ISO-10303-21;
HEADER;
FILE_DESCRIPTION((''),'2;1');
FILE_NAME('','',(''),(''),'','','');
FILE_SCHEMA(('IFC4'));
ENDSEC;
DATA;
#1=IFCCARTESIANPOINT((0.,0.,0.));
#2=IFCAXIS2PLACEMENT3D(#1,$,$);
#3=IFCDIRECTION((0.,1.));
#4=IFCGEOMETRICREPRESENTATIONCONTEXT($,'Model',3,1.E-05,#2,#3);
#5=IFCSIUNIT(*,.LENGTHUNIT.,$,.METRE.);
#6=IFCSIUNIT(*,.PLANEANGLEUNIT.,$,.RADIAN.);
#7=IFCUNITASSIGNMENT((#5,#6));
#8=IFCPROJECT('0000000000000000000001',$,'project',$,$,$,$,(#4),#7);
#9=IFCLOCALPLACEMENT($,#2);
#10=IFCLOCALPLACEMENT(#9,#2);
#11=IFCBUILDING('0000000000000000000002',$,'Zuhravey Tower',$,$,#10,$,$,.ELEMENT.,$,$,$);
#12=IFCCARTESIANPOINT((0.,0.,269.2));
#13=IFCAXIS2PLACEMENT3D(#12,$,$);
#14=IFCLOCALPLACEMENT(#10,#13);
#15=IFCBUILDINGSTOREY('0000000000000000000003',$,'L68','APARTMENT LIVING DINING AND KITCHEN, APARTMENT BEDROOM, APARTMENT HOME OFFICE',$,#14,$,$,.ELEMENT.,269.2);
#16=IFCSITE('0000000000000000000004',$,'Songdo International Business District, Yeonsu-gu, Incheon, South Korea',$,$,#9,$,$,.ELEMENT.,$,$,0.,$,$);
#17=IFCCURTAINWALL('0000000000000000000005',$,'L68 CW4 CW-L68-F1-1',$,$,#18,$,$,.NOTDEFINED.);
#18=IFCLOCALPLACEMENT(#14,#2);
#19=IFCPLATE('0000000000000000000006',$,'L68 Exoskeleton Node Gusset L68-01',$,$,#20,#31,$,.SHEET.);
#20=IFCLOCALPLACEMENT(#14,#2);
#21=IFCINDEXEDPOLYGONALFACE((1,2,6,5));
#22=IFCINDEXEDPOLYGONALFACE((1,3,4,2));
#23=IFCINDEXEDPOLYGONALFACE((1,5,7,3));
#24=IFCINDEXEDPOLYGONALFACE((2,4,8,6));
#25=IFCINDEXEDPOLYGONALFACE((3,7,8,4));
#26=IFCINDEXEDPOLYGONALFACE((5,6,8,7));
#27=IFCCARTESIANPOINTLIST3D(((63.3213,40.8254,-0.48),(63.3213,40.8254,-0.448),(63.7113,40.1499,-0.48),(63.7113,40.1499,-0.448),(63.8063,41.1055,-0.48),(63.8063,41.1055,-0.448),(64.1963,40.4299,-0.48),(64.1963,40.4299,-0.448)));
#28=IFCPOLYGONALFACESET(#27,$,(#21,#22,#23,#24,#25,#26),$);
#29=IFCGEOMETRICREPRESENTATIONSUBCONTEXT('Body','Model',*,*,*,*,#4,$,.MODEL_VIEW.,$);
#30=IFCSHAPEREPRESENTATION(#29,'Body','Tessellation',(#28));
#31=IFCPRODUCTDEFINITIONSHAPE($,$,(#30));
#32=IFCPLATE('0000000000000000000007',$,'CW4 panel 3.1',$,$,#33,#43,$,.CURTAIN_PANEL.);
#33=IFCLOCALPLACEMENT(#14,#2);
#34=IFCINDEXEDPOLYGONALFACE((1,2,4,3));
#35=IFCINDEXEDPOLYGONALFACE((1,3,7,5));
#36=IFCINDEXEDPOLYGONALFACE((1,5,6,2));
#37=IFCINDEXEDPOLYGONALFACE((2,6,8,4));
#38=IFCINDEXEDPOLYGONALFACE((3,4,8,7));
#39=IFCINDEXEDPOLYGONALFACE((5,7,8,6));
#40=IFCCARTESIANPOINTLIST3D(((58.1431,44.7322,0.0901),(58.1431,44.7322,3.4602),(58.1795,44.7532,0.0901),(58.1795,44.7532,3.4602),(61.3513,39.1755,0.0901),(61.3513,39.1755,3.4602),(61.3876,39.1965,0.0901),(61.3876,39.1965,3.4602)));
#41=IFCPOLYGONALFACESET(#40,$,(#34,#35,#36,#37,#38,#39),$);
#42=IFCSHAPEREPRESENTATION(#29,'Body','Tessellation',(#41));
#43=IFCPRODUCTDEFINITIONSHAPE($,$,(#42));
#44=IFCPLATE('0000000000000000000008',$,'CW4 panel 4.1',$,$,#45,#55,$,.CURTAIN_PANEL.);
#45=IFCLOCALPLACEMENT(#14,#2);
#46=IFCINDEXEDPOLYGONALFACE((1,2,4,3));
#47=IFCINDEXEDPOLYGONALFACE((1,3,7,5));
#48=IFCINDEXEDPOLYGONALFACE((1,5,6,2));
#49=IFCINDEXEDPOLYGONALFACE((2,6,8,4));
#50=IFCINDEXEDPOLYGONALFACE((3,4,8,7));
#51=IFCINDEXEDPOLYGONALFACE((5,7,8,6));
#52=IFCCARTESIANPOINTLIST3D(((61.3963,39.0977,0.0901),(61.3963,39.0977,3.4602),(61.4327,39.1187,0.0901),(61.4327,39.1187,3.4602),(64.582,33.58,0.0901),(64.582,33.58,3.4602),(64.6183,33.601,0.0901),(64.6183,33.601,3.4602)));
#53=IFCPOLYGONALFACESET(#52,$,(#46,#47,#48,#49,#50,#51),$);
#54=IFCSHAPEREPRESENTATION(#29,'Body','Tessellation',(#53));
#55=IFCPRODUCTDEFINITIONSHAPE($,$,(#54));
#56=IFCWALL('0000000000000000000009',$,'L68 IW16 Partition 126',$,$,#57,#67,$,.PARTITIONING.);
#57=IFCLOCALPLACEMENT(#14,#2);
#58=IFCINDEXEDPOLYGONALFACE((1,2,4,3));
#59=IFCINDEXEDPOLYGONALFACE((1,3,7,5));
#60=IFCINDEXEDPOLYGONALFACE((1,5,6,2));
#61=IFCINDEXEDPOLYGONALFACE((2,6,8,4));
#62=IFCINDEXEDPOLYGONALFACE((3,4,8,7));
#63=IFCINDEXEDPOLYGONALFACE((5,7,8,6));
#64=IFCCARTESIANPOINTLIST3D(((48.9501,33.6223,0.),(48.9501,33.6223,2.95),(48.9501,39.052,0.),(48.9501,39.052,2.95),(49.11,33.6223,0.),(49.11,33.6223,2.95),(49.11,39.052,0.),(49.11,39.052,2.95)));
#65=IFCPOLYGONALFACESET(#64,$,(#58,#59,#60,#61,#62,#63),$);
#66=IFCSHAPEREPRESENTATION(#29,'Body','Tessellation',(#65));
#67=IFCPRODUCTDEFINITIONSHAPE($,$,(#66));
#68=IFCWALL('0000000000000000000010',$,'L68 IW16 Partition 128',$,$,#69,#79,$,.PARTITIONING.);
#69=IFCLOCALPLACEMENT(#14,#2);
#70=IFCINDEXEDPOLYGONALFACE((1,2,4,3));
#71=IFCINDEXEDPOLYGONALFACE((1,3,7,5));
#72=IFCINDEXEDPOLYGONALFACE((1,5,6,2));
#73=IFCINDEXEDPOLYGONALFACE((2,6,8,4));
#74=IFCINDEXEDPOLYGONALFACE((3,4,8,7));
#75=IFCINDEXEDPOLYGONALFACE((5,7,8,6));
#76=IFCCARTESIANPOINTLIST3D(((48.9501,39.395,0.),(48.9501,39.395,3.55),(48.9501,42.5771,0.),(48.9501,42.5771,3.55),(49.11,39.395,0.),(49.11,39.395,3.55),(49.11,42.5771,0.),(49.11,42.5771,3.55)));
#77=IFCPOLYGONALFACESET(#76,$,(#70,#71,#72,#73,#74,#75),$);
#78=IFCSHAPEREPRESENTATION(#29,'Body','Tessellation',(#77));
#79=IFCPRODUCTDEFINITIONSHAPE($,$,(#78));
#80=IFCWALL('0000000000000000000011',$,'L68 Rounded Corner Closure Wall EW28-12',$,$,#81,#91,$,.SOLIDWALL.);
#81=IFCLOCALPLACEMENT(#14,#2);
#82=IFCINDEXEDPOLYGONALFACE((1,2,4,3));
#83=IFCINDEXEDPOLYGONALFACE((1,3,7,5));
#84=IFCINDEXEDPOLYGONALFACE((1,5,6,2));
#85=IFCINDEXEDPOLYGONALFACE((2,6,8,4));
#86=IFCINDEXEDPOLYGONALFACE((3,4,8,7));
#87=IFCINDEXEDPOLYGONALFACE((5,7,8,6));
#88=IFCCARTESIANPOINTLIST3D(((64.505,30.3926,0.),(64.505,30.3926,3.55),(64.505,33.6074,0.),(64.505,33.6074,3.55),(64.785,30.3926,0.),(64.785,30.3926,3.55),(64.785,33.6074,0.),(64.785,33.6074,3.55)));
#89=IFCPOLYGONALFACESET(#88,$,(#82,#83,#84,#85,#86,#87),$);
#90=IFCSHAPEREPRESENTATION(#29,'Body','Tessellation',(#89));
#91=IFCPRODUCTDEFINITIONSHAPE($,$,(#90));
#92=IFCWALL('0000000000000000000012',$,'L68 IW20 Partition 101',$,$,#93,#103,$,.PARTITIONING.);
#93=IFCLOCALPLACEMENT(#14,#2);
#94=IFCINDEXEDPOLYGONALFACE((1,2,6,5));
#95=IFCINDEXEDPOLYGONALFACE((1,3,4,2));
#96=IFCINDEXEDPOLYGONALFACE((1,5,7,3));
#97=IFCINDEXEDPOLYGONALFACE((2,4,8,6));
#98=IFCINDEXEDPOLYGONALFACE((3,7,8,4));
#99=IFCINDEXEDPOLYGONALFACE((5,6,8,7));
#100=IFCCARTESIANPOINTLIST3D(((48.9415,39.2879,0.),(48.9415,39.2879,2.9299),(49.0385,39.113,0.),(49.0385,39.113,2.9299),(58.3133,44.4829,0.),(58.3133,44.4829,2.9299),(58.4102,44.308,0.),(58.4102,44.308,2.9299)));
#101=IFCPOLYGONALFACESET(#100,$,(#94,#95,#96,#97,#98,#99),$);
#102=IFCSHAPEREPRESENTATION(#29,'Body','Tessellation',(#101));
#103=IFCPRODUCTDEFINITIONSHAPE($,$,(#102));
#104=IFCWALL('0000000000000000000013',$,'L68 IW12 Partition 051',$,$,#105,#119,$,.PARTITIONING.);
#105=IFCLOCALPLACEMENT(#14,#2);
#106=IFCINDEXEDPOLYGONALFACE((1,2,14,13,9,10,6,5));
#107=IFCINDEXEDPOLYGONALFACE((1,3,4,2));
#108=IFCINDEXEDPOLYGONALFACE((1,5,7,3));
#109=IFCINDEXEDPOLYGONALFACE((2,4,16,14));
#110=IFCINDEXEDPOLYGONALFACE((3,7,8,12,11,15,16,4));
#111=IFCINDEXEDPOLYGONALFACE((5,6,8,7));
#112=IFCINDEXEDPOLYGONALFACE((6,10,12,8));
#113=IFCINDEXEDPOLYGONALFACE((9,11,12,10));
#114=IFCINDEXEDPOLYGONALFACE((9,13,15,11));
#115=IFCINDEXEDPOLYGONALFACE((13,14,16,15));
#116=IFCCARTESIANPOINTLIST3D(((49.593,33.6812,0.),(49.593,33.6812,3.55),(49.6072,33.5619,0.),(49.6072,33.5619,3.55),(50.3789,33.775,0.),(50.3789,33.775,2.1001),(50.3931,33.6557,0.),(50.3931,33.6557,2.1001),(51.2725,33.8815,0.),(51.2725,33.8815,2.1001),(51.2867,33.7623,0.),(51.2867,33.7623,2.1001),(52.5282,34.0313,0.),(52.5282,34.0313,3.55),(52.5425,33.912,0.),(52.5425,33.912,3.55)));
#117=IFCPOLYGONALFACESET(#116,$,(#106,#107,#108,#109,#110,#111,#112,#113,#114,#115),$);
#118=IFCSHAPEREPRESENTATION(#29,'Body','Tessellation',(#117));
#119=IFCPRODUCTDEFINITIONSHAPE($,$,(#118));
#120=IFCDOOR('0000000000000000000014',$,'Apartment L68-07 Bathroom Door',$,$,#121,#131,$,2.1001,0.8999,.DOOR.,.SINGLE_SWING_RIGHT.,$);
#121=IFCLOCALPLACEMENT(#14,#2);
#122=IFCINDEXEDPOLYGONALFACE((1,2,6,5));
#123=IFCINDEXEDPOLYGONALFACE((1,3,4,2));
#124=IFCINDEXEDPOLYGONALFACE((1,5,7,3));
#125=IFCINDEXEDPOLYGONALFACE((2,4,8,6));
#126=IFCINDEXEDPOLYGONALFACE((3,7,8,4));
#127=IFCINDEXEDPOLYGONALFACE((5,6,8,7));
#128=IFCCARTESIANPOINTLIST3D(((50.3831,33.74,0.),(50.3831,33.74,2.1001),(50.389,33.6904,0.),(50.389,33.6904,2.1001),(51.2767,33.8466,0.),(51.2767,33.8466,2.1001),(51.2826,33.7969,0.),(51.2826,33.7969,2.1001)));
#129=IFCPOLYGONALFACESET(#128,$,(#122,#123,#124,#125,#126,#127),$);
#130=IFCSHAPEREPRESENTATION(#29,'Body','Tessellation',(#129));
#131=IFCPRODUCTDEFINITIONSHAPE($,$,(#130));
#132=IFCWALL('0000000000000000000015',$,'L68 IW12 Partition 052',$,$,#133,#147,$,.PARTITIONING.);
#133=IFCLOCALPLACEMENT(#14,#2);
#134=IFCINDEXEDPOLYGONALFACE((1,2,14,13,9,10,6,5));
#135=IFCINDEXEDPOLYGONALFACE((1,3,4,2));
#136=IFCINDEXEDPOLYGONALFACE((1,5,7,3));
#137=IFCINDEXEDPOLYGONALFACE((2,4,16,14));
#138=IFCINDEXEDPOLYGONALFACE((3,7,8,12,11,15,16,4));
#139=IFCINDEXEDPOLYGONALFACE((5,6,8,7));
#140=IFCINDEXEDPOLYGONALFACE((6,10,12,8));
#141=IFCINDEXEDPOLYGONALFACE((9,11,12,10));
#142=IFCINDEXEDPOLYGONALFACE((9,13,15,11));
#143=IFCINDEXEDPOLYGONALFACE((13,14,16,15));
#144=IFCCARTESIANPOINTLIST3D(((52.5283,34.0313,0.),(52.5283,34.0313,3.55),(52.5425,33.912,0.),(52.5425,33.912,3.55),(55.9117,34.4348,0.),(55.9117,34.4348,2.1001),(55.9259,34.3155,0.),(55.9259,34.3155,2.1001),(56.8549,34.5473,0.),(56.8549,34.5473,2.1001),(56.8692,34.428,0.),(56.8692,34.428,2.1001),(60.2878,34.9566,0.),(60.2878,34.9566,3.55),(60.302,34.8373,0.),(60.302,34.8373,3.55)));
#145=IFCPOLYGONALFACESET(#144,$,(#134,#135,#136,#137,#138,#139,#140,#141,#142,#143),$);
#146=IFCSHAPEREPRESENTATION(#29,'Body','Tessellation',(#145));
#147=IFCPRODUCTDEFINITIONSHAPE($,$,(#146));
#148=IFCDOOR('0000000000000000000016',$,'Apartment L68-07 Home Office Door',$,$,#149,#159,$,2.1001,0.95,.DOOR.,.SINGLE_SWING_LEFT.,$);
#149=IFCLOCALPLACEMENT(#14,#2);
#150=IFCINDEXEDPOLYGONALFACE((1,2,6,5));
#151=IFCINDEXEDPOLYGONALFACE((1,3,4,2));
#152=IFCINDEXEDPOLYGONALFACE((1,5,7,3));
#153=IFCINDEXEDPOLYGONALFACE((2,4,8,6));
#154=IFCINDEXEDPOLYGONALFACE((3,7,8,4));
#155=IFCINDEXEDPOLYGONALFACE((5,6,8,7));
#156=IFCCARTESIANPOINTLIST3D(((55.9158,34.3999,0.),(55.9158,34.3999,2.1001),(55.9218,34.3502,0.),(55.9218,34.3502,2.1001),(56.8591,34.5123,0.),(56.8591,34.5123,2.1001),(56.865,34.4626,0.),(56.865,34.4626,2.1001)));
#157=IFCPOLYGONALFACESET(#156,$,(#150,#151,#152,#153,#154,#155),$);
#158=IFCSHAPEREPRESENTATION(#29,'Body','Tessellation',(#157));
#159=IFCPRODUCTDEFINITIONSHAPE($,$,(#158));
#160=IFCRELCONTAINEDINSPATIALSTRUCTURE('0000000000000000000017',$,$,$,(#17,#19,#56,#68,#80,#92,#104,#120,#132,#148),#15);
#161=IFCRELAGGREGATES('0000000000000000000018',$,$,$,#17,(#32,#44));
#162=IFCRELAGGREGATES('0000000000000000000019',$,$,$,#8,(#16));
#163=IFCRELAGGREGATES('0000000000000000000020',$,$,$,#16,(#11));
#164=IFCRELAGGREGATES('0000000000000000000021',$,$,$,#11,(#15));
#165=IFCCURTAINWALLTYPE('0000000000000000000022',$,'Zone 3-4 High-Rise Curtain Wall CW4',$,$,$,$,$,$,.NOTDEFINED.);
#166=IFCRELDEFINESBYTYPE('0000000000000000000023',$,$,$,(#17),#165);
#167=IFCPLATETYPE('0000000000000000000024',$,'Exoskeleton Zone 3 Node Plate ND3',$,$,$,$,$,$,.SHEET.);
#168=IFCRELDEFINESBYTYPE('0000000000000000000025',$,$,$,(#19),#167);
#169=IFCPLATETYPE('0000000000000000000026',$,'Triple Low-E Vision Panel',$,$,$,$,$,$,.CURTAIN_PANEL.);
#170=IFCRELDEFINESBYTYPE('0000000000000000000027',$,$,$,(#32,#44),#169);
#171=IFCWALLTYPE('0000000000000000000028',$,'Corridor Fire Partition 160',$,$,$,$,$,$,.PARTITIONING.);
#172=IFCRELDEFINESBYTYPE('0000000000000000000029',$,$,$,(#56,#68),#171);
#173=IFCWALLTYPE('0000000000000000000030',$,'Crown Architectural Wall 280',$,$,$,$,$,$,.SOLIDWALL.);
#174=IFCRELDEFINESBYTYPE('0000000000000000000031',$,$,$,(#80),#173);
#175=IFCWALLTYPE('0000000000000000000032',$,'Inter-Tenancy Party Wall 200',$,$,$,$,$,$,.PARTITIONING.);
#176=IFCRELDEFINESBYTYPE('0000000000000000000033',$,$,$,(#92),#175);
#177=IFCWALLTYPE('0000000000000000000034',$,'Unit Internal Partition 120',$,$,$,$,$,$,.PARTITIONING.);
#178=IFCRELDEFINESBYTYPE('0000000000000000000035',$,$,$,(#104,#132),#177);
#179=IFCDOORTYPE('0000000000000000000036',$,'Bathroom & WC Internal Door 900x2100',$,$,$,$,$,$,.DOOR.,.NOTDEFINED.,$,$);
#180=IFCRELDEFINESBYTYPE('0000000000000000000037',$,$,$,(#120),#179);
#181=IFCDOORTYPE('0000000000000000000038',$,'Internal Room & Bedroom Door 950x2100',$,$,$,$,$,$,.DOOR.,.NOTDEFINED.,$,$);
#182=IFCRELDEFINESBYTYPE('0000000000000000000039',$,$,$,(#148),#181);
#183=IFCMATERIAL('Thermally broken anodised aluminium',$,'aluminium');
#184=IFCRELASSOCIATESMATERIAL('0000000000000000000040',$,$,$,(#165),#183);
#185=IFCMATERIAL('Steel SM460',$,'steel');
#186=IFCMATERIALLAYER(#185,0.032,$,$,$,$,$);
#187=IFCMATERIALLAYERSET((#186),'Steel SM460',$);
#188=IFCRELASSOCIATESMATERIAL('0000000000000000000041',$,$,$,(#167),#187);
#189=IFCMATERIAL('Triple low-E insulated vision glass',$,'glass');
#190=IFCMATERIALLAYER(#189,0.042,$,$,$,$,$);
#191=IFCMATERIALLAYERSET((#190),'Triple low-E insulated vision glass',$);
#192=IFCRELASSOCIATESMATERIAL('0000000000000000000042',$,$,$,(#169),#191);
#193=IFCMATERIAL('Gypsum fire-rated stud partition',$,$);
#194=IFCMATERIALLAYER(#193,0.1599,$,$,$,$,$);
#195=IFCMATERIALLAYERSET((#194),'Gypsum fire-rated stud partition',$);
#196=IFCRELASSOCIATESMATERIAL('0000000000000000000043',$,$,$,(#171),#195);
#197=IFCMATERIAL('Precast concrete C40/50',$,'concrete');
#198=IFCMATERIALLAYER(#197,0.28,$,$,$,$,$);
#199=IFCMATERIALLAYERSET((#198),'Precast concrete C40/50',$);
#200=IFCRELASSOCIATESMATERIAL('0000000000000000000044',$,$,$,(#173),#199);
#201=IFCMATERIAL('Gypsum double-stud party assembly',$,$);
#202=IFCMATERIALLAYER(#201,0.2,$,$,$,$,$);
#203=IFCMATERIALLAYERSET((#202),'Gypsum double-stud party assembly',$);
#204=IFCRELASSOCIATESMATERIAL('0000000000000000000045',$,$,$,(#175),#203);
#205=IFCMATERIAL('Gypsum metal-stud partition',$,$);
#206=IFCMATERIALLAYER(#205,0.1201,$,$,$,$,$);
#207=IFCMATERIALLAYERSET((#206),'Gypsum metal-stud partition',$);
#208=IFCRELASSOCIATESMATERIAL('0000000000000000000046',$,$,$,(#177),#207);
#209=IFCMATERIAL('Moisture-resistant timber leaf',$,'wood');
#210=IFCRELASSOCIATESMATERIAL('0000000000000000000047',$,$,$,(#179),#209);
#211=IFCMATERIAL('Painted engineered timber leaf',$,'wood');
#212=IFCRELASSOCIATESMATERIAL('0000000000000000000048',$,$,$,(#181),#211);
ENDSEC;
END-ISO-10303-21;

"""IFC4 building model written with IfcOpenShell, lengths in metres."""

from ifc_helpers import new_model, si_unit, direction, frame, frame_2d, origin, origin_2d, place, context, subcontext, project, spatial, rectangle, extrude, material, layer, layer_set, type_object, element, fill, aggregate, save


model = new_model("IFC4")

# Units and contexts
model_context = context("Model", 3, precision=1e-05, world=origin(), true_north=direction((0.0, 1.0)))
body_context = subcontext(model_context, "Body", "Model", "MODEL_VIEW")
ifc_project = project(units=[si_unit("LENGTHUNIT", "METRE"), si_unit("PLANEANGLEUNIT", "RADIAN")], contexts=[model_context])

# Site, building, storey
site_placement = place(None, origin())
site = spatial("IfcSite", under=ifc_project, at=site_placement, Name="Songdo International Business District, Yeonsu-gu, Incheon, South Korea", CompositionType="ELEMENT", RefElevation=0.0)
building_placement = place(site_placement, origin())
building = spatial("IfcBuilding", under=site, at=building_placement, Name="Zuhravey Tower", CompositionType="ELEMENT")
storey_placement = place(building_placement, frame((0.0, 0.0, 269.2)))
storey = spatial("IfcBuildingStorey", under=building, at=storey_placement, Name="L68", Description="APARTMENT LIVING DINING AND KITCHEN, APARTMENT BEDROOM, APARTMENT HOME OFFICE", CompositionType="ELEMENT", Elevation=269.2)

# Curtain wall
ifc_material_1 = material(Name="Thermally broken anodised aluminium", Category="aluminium")
curtain_wall_type = type_object("IfcCurtainWallType", Name="Zone 3-4 High-Rise Curtain Wall CW4", PredefinedType="NOTDEFINED", material=ifc_material_1)
curtain_wall_placement = place(storey_placement, origin())
curtain_wall = element("IfcCurtainWall", 1, at=curtain_wall_placement, inside=storey, type_object=curtain_wall_type, Name="L68 CW4 CW-L68-F1-1", PredefinedType="NOTDEFINED")

# Plates
ifc_material_2 = material(Name="Steel SM460", Category="steel")
ifc_layer_1 = layer(ifc_material_2, 0.032)
ifc_layer_set_1 = layer_set([ifc_layer_1], Name="Steel SM460")
plate_type_1 = type_object("IfcPlateType", Name="Exoskeleton Zone 3 Node Plate ND3", PredefinedType="SHEET", material=ifc_layer_set_1)
plate_1_placement = place(storey_placement, frame((63.7588, 40.6277, -0.48), z_axis=(0.0, 0.0, 1.0), x_axis=(-0.5, 0.866025, 0.0)))
element("IfcPlate", 2, at=plate_1_placement, inside=storey, type_object=plate_type_1, Name="L68 Exoskeleton Node Gusset L68-01", PredefinedType="SHEET", context=body_context, shape_type="SweptSolid", body=[
    extrude(rectangle(XDim=0.78, YDim=0.5601, at=origin_2d()), origin(), (0.0, 0.0, 1.0), 0.032),
])
ifc_material_3 = material(Name="Triple low-E insulated vision glass", Category="glass")
ifc_layer_2 = layer(ifc_material_3, 0.042)
ifc_layer_set_2 = layer_set([ifc_layer_2], Name="Triple low-E insulated vision glass")
plate_type_2 = type_object("IfcPlateType", Name="Triple Low-E Vision Panel", PredefinedType="CURTAIN_PANEL", material=ifc_layer_set_2)
plate_2_placement = place(storey_placement, frame((59.7654, 41.9644, 0.0901), z_axis=(0.0, 0.0, 1.0), x_axis=(0.500001, -0.866025, 0.0)))
plate_2 = element("IfcPlate", 3, at=plate_2_placement, type_object=plate_type_2, Name="CW4 panel 3.1", PredefinedType="CURTAIN_PANEL", context=body_context, shape_type="SweptSolid", body=[
    extrude(rectangle(XDim=6.4163, YDim=0.042, at=origin_2d()), origin(), (0.0, 0.0, 1.0), 3.3701),
])
plate_3_placement = place(storey_placement, frame((63.0073, 36.3494, 0.0901), z_axis=(0.0, 0.0, 1.0), x_axis=(0.500001, -0.866025, 0.0)))
plate_3 = element("IfcPlate", 4, at=plate_3_placement, type_object=plate_type_2, Name="CW4 panel 4.1", PredefinedType="CURTAIN_PANEL", context=body_context, shape_type="SweptSolid", body=[
    extrude(rectangle(XDim=6.3713, YDim=0.042, at=origin_2d()), origin(), (0.0, 0.0, 1.0), 3.3701),
])
aggregate(curtain_wall, [plate_2, plate_3])

# Walls
ifc_material_4 = material(Name="Gypsum fire-rated stud partition")
ifc_layer_3 = layer(ifc_material_4, 0.1599)
ifc_layer_set_3 = layer_set([ifc_layer_3], Name="Gypsum fire-rated stud partition")
wall_type_1 = type_object("IfcWallType", Name="Corridor Fire Partition 160", PredefinedType="PARTITIONING", material=ifc_layer_set_3)
wall_1_placement = place(storey_placement, frame((49.03, 33.6223, 0.0), z_axis=(0.0, 0.0, 1.0), x_axis=(0.0, 1.0, 0.0)))
element("IfcWall", 5, at=wall_1_placement, inside=storey, type_object=wall_type_1, Name="L68 IW16 Partition 126", PredefinedType="PARTITIONING", context=body_context, shape_type="SweptSolid", body=[
    extrude(rectangle(XDim=5.4297, YDim=0.1599, at=frame_2d((2.7148, 0.0))), origin(), (0.0, 0.0, 1.0), 2.95),
])
wall_2_placement = place(storey_placement, frame((49.03, 39.395, 0.0), z_axis=(0.0, 0.0, 1.0), x_axis=(0.0, 1.0, 0.0)))
element("IfcWall", 6, at=wall_2_placement, inside=storey, type_object=wall_type_1, Name="L68 IW16 Partition 128", PredefinedType="PARTITIONING", context=body_context, shape_type="SweptSolid", body=[
    extrude(rectangle(XDim=3.1821, YDim=0.1599, at=frame_2d((1.5911, 0.0))), origin(), (0.0, 0.0, 1.0), 3.55),
])
ifc_material_5 = material(Name="Precast concrete C40/50", Category="concrete")
ifc_layer_4 = layer(ifc_material_5, 0.28)
ifc_layer_set_4 = layer_set([ifc_layer_4], Name="Precast concrete C40/50")
wall_type_2 = type_object("IfcWallType", Name="Crown Architectural Wall 280", PredefinedType="SOLIDWALL", material=ifc_layer_set_4)
wall_3_placement = place(storey_placement, frame((64.645, 33.6074, 0.0), z_axis=(0.0, 0.0, 1.0), x_axis=(0.0, -1.0, 0.0)))
element("IfcWall", 7, at=wall_3_placement, inside=storey, type_object=wall_type_2, Name="L68 Rounded Corner Closure Wall EW28-12", PredefinedType="SOLIDWALL", context=body_context, shape_type="SweptSolid", body=[
    extrude(rectangle(XDim=3.2148, YDim=0.28, at=frame_2d((1.6074, 0.0))), origin(), (0.0, 0.0, 1.0), 3.55),
])
ifc_material_6 = material(Name="Gypsum double-stud party assembly")
ifc_layer_5 = layer(ifc_material_6, 0.2)
ifc_layer_set_5 = layer_set([ifc_layer_5], Name="Gypsum double-stud party assembly")
wall_type_3 = type_object("IfcWallType", Name="Inter-Tenancy Party Wall 200", PredefinedType="PARTITIONING", material=ifc_layer_set_5)
wall_4_placement = place(storey_placement, frame((48.99, 39.2004, 0.0), z_axis=(0.0, 0.0, 1.0), x_axis=(0.874613, 0.484822, 0.0)))
element("IfcWall", 8, at=wall_4_placement, inside=storey, type_object=wall_type_3, Name="L68 IW20 Partition 101", PredefinedType="PARTITIONING", context=body_context, shape_type="SweptSolid", body=[
    extrude(rectangle(XDim=10.7153, YDim=0.2, at=frame_2d((5.3577, 0.0))), origin(), (0.0, 0.0, 1.0), 2.9299),
])

# Walls, openings, doors
ifc_material_7 = material(Name="Gypsum metal-stud partition")
ifc_layer_6 = layer(ifc_material_7, 0.1201)
ifc_layer_set_6 = layer_set([ifc_layer_6], Name="Gypsum metal-stud partition")
wall_type_4 = type_object("IfcWallType", Name="Unit Internal Partition 120", PredefinedType="PARTITIONING", material=ifc_layer_set_6)
wall_5_placement = place(storey_placement, frame((49.6001, 33.6216, 0.0), z_axis=(0.0, 0.0, 1.0), x_axis=(0.992962, 0.118432, 0.0)))
wall_5 = element("IfcWall", 9, at=wall_5_placement, inside=storey, type_object=wall_type_4, Name="L68 IW12 Partition 051", PredefinedType="PARTITIONING", context=body_context, shape_type="SweptSolid", body=[
    extrude(rectangle(XDim=2.9561, YDim=0.1201, at=frame_2d((1.478, 0.0))), origin(), (0.0, 0.0, 1.0), 3.55),
])
opening_1_placement = place(wall_5_placement, frame((0.7915, 0.0, 0.0)))
opening_1 = element("IfcOpeningElement", 10, at=opening_1_placement, cuts=wall_5, PredefinedType="OPENING", context=body_context, shape_type="SweptSolid", body=[
    extrude(rectangle(XDim=0.8999, YDim=2.1001, at=frame_2d((0.45, 1.05))), frame((0.0, 0.072, 0.0), z_axis=(0.0, -1.0, 0.0), x_axis=(1.0, 0.0, 0.0)), (0.0, 0.0, 1.0), 0.144),
])
ifc_material_8 = material(Name="Moisture-resistant timber leaf", Category="wood")
door_type_1 = type_object("IfcDoorType", Name="Bathroom & WC Internal Door 900x2100", OperationType="NOTDEFINED", PredefinedType="DOOR", material=ifc_material_8)
door_1_placement = place(opening_1_placement, origin())
door_1 = element("IfcDoor", 11, at=door_1_placement, inside=storey, type_object=door_type_1, Name="Apartment L68-07 Bathroom Door", OperationType="SINGLE_SWING_RIGHT", OverallHeight=2.1001, OverallWidth=0.8999, PredefinedType="DOOR", context=body_context, shape_type="SweptSolid", body=[
    extrude(rectangle(XDim=0.8999, YDim=2.1001, at=frame_2d((0.45, 1.05))), frame((0.0, 0.0249, 0.0), z_axis=(0.0, -1.0, 0.0), x_axis=(1.0, 0.0, 0.0)), (0.0, 0.0, 1.0), 0.05),
])
fill(opening_1, door_1)
wall_6_placement = place(storey_placement, frame((52.5354, 33.9717, 0.0), z_axis=(0.0, 0.0, 1.0), x_axis=(0.992965, 0.118407, 0.0)))
wall_6 = element("IfcWall", 12, at=wall_6_placement, inside=storey, type_object=wall_type_4, Name="L68 IW12 Partition 052", PredefinedType="PARTITIONING", context=body_context, shape_type="SweptSolid", body=[
    extrude(rectangle(XDim=7.8145, YDim=0.1201, at=frame_2d((3.9072, 0.0))), origin(), (0.0, 0.0, 1.0), 3.55),
])
opening_2_placement = place(wall_6_placement, frame((3.4072, 0.0, 0.0)))
opening_2 = element("IfcOpeningElement", 13, at=opening_2_placement, cuts=wall_6, PredefinedType="OPENING", context=body_context, shape_type="SweptSolid", body=[
    extrude(rectangle(XDim=0.95, YDim=2.1001, at=frame_2d((0.4751, 1.05))), frame((0.0, 0.072, 0.0), z_axis=(0.0, -1.0, 0.0), x_axis=(1.0, 0.0, 0.0)), (0.0, 0.0, 1.0), 0.144),
])
ifc_material_9 = material(Name="Painted engineered timber leaf", Category="wood")
door_type_2 = type_object("IfcDoorType", Name="Internal Room & Bedroom Door 950x2100", OperationType="NOTDEFINED", PredefinedType="DOOR", material=ifc_material_9)
door_2_placement = place(opening_2_placement, origin())
door_2 = element("IfcDoor", 14, at=door_2_placement, inside=storey, type_object=door_type_2, Name="Apartment L68-07 Home Office Door", OperationType="SINGLE_SWING_LEFT", OverallHeight=2.1001, OverallWidth=0.95, PredefinedType="DOOR", context=body_context, shape_type="SweptSolid", body=[
    extrude(rectangle(XDim=0.95, YDim=2.1001, at=frame_2d((0.4751, 1.05))), frame((0.0, 0.0249, 0.0), z_axis=(0.0, -1.0, 0.0), x_axis=(1.0, 0.0, 0.0)), (0.0, 0.0, 1.0), 0.05),
])
fill(opening_2, door_2)

save(model, "model.ifc")
